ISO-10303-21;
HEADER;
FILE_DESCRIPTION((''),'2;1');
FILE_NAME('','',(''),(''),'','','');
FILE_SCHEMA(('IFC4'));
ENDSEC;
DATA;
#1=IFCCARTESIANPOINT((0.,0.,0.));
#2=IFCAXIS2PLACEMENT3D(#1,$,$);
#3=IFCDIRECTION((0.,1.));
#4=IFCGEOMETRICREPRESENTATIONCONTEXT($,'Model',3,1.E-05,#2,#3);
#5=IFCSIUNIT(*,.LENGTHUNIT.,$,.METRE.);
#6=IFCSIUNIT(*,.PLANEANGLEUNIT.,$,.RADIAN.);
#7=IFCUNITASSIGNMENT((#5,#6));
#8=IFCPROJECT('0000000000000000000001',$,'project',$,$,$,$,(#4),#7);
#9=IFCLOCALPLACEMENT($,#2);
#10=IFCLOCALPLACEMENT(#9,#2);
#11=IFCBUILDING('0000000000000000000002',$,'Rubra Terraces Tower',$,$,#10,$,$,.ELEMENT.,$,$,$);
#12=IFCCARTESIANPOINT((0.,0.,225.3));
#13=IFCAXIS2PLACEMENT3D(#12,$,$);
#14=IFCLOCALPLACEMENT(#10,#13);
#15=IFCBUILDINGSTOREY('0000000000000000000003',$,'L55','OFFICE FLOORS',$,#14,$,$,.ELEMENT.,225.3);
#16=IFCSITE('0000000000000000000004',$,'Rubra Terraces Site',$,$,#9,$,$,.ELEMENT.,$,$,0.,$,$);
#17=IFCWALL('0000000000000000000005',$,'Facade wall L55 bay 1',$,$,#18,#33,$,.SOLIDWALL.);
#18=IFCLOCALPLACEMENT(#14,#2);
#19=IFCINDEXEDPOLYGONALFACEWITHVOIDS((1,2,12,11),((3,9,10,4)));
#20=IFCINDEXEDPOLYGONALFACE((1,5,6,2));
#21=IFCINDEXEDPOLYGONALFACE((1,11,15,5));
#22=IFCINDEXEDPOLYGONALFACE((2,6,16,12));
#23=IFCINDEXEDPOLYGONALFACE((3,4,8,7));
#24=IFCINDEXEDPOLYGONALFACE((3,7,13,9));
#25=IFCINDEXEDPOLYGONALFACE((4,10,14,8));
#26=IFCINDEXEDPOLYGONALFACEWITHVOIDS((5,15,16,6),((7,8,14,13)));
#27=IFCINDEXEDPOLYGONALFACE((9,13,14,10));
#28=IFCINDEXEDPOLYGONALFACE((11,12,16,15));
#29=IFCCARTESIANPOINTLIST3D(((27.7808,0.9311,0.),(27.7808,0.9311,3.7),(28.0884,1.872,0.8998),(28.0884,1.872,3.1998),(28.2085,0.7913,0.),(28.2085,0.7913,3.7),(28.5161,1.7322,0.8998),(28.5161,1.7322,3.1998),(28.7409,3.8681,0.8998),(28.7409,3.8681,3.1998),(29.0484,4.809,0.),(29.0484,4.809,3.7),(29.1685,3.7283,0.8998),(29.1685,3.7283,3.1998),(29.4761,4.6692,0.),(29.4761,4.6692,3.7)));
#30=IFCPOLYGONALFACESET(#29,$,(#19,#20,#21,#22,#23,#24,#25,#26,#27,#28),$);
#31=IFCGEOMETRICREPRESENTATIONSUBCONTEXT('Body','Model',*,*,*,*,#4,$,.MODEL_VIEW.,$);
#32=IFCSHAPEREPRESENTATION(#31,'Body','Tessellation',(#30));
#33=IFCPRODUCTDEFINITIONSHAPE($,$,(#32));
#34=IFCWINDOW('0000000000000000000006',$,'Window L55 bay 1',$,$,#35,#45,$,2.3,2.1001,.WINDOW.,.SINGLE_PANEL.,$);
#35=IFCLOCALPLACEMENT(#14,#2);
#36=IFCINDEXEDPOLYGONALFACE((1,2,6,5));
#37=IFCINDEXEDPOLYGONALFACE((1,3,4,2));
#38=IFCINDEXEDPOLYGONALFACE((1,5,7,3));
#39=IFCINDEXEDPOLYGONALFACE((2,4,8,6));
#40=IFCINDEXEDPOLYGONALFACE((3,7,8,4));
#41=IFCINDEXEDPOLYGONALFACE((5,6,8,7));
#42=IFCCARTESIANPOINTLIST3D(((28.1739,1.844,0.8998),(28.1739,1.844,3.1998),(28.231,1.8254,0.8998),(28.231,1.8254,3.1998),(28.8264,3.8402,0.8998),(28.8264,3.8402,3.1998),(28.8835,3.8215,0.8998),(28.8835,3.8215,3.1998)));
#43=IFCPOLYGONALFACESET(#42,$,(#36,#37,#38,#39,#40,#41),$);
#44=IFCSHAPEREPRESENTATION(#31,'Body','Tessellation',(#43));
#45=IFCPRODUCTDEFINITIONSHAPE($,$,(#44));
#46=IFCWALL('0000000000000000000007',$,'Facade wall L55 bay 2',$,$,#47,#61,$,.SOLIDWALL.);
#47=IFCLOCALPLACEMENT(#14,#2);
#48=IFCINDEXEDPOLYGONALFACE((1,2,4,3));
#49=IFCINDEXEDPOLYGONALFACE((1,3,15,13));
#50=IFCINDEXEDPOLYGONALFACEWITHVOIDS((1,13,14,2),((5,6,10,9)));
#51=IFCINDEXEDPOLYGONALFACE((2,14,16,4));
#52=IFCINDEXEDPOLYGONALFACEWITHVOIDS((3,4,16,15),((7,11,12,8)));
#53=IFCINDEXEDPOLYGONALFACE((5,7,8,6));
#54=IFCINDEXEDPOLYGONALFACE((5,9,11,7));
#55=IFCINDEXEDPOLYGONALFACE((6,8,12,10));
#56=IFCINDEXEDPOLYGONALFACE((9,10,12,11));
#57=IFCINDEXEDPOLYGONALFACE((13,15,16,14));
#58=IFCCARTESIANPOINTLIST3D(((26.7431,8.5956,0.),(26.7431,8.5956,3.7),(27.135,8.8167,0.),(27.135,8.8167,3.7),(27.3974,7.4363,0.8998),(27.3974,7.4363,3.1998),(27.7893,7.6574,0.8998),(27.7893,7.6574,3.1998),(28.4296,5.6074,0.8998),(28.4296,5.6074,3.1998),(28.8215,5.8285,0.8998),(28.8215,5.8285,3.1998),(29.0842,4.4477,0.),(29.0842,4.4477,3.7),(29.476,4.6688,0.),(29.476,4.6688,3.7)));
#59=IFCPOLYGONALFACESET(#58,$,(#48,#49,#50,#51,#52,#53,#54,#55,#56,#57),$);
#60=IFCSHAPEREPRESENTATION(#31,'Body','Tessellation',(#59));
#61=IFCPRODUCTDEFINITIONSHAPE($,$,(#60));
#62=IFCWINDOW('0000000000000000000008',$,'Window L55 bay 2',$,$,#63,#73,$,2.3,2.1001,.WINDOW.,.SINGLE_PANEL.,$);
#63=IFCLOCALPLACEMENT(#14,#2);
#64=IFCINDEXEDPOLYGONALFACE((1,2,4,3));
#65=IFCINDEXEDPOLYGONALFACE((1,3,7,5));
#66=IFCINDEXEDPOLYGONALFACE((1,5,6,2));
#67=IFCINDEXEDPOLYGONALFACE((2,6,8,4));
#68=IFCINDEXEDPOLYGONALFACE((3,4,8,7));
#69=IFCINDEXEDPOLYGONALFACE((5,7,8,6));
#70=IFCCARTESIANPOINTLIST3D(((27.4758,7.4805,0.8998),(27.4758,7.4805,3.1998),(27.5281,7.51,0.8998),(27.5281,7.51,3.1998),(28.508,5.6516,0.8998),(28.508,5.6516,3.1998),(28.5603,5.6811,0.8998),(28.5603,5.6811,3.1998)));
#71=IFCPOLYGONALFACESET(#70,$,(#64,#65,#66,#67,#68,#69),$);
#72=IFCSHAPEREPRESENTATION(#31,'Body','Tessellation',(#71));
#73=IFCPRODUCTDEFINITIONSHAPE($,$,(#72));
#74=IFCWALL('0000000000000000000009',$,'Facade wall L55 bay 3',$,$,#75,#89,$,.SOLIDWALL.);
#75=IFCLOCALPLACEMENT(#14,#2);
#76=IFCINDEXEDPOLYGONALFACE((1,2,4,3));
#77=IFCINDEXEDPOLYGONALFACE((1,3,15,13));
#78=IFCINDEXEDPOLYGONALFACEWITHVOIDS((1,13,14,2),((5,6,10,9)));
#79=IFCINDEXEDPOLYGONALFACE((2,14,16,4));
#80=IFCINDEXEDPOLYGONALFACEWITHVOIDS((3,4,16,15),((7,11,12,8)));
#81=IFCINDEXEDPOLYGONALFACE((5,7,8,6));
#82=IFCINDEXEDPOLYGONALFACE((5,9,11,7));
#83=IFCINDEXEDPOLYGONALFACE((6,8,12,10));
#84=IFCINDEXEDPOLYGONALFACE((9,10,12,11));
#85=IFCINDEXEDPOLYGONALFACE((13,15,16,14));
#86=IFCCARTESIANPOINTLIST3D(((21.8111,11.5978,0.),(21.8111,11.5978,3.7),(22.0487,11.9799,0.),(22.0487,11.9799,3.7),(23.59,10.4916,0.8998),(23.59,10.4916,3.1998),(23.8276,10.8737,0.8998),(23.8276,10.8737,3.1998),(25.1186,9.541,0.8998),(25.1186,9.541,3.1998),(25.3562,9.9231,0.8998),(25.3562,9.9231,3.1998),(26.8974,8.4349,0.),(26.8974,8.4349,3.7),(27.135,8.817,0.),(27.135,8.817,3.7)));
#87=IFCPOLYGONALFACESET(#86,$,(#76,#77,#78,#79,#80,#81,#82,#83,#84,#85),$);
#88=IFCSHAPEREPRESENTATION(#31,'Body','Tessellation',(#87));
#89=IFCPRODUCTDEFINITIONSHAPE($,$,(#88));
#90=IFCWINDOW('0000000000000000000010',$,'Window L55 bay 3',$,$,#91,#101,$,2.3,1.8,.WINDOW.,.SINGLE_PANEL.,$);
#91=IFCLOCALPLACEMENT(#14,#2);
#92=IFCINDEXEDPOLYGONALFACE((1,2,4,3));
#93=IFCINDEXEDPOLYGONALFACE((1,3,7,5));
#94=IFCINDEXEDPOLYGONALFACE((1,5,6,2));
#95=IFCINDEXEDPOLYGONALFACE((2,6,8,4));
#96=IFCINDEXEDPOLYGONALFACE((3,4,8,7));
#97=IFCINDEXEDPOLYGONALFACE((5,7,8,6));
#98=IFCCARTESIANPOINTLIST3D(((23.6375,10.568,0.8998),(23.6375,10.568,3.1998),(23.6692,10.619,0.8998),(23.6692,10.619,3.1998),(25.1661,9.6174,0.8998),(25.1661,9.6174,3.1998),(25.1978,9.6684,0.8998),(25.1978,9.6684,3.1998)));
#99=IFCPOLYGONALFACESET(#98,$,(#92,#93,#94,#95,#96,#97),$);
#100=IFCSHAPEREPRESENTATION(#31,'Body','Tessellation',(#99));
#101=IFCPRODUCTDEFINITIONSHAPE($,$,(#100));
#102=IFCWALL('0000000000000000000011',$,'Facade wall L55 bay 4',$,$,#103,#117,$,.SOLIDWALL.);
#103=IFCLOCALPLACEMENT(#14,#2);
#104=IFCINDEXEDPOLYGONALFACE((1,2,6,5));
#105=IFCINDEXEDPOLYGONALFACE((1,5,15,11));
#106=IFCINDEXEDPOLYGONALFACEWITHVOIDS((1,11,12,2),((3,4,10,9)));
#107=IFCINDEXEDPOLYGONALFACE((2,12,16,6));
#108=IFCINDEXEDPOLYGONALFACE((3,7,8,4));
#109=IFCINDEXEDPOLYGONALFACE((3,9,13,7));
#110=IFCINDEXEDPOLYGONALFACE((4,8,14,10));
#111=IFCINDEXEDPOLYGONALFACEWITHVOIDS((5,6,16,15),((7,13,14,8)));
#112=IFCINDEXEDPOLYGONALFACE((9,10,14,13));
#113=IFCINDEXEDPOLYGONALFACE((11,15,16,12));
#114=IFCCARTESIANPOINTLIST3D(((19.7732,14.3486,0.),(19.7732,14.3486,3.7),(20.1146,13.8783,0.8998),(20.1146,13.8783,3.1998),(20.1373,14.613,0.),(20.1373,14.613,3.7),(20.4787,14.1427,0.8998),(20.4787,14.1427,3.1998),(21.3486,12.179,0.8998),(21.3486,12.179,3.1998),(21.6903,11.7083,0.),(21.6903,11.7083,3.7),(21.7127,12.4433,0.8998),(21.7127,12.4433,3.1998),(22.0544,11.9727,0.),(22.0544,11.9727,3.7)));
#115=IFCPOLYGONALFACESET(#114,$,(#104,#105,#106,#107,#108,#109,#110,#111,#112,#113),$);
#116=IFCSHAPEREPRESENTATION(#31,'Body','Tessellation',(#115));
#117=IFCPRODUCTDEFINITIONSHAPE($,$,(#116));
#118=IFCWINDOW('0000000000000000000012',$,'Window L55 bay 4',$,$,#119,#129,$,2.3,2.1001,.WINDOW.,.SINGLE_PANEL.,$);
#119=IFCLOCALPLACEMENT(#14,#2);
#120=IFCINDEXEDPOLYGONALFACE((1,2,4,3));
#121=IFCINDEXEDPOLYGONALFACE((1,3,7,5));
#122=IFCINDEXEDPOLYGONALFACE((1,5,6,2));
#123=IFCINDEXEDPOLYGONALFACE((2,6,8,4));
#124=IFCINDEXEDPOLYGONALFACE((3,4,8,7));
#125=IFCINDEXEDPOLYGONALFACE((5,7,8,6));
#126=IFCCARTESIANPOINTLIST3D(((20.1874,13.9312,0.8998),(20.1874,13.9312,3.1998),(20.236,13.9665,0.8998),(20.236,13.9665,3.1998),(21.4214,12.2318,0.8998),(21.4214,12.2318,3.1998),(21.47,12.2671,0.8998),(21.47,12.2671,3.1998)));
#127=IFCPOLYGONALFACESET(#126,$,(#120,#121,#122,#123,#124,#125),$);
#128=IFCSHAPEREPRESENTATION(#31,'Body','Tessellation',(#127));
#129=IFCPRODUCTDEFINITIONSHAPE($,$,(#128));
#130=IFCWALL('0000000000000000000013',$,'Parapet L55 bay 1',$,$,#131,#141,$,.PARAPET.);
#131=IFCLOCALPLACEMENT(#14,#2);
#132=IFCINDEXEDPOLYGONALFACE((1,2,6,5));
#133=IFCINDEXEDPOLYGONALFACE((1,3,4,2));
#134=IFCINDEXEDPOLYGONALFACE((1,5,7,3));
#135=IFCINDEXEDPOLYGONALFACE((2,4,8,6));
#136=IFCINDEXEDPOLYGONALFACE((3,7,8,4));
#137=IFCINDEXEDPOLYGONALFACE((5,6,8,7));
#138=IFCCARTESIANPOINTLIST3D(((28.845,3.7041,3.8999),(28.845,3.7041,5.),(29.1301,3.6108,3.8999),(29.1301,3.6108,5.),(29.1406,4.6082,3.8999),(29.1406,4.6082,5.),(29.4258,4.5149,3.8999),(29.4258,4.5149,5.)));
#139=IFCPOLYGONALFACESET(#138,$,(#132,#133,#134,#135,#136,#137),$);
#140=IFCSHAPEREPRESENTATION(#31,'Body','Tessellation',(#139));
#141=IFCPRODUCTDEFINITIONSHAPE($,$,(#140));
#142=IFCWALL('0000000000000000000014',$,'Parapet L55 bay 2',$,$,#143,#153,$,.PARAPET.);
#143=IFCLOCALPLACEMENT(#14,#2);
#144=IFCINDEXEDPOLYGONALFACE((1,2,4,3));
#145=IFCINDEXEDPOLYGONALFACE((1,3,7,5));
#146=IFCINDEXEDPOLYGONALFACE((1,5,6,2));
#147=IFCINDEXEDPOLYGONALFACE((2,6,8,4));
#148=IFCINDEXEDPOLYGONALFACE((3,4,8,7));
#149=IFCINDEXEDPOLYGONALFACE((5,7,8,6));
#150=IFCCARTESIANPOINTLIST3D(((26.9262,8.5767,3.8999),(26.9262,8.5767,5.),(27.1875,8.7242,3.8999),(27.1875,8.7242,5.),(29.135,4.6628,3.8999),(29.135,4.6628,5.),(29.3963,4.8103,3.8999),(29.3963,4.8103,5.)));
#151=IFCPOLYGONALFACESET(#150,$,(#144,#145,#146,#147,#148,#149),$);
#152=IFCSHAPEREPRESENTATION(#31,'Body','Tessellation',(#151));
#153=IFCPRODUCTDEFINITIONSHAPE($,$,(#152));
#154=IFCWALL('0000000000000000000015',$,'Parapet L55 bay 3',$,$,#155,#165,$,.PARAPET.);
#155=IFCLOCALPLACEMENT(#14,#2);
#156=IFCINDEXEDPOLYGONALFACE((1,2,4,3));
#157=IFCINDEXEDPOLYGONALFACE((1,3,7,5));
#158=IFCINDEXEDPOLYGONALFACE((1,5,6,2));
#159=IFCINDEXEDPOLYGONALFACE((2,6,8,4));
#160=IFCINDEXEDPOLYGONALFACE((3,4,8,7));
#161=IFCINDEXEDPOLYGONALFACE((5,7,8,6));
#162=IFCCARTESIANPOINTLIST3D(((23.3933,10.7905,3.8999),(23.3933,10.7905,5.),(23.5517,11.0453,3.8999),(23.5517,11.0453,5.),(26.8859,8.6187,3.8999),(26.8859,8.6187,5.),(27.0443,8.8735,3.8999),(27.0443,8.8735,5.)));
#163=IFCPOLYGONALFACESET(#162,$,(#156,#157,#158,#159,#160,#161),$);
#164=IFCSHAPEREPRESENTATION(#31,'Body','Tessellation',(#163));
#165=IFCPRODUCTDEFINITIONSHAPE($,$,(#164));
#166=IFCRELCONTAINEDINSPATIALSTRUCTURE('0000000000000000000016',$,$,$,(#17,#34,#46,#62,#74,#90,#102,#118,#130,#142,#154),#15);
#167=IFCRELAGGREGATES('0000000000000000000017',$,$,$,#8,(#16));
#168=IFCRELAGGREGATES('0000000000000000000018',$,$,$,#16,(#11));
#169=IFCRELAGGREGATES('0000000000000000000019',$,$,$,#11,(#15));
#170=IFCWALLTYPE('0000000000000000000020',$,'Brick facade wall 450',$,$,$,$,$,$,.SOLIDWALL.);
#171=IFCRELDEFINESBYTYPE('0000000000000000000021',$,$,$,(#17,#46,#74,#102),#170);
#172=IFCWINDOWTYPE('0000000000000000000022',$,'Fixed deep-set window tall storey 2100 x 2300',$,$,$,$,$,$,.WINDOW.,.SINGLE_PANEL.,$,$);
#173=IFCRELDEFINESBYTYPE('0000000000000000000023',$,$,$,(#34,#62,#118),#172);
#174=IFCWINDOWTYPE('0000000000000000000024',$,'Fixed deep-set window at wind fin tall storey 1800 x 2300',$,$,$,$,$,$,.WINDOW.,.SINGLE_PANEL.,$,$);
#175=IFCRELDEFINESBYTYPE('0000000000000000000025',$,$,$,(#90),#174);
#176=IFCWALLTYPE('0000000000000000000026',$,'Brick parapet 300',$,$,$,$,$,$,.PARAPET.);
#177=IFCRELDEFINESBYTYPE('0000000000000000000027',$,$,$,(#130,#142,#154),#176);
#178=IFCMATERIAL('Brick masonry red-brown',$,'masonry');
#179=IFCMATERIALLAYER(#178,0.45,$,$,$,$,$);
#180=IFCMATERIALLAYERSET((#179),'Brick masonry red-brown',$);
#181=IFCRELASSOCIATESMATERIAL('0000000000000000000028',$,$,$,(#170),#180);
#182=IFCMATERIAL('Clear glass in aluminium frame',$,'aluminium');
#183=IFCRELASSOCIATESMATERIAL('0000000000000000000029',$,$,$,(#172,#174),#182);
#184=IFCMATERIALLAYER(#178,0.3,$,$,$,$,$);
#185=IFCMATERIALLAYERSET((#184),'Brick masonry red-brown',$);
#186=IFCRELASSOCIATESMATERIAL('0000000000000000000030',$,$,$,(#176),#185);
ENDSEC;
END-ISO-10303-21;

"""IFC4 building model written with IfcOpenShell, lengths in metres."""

from ifc_helpers import new_model, si_unit, direction, frame, frame_2d, origin, place, context, subcontext, project, spatial, rectangle, extrude, material, layer, layer_set, type_object, element, fill, save


model = new_model("IFC4")

# Units and contexts
model_context = context("Model", 3, precision=1e-05, world=origin(), true_north=direction((0.0, 1.0)))
body_context = subcontext(model_context, "Body", "Model", "MODEL_VIEW")
ifc_project = project(units=[si_unit("LENGTHUNIT", "METRE"), si_unit("PLANEANGLEUNIT", "RADIAN")], contexts=[model_context])

# Site, building, storey
site_placement = place(None, origin())
site = spatial("IfcSite", under=ifc_project, at=site_placement, Name="Rubra Terraces Site", CompositionType="ELEMENT", RefElevation=0.0)
building_placement = place(site_placement, origin())
building = spatial("IfcBuilding", under=site, at=building_placement, Name="Rubra Terraces Tower", CompositionType="ELEMENT")
storey_placement = place(building_placement, frame((0.0, 0.0, 225.3)))
storey = spatial("IfcBuildingStorey", under=building, at=storey_placement, Name="L55", Description="OFFICE FLOORS", CompositionType="ELEMENT", Elevation=225.3)

# Walls, openings, windows
ifc_material_1 = material(Name="Brick masonry red-brown", Category="masonry")
ifc_layer_1 = layer(ifc_material_1, 0.45)
ifc_layer_set_1 = layer_set([ifc_layer_1], Name="Brick masonry red-brown")
wall_type_1 = type_object("IfcWallType", Name="Brick facade wall 450", PredefinedType="SOLIDWALL", material=ifc_layer_set_1)
wall_1_placement = place(storey_placement, frame((27.9946, 0.8611, 0.0), z_axis=(0.0, 0.0, 1.0), x_axis=(0.310693, 0.95051, 0.0)))
wall_1 = element("IfcWall", 1, at=wall_1_placement, inside=storey, type_object=wall_type_1, Name="Facade wall L55 bay 1", PredefinedType="SOLIDWALL", context=body_context, shape_type="SweptSolid", body=[
    extrude(rectangle(XDim=4.0798, YDim=0.45, at=frame_2d((2.04, 0.0))), origin(), (0.0, 0.0, 1.0), 3.7),
])
opening_1_placement = place(wall_1_placement, frame((0.99, 0.0, 0.8999)))
opening_1 = element("IfcOpeningElement", 2, at=opening_1_placement, cuts=wall_1, PredefinedType="OPENING", context=body_context, shape_type="SweptSolid", body=[
    extrude(rectangle(XDim=2.1001, YDim=2.3, at=frame_2d((1.05, 1.1499))), frame((0.0, 0.2349, 0.0), z_axis=(0.0, -1.0, 0.0), x_axis=(1.0, 0.0, 0.0)), (0.0, 0.0, 1.0), 0.47),
])
ifc_material_2 = material(Name="Clear glass in aluminium frame", Category="aluminium")
window_type_1 = type_object("IfcWindowType", Name="Fixed deep-set window tall storey 2100 x 2300", PartitioningType="SINGLE_PANEL", PredefinedType="WINDOW", material=ifc_material_2)
window_1_placement = place(opening_1_placement, origin())
window_1 = element("IfcWindow", 3, at=window_1_placement, inside=storey, type_object=window_type_1, Name="Window L55 bay 1", OverallHeight=2.3, OverallWidth=2.1001, PartitioningType="SINGLE_PANEL", PredefinedType="WINDOW", context=body_context, shape_type="SweptSolid", body=[
    extrude(rectangle(XDim=2.1001, YDim=2.3, at=frame_2d((1.05, 1.1499))), frame((0.0, 0.135, 0.0), z_axis=(0.0, -1.0, 0.0), x_axis=(1.0, 0.0, 0.0)), (0.0, 0.0, 1.0), 0.0601),
])
fill(opening_1, window_1)
wall_2_placement = place(storey_placement, frame((29.28, 4.5583, 0.0), z_axis=(0.0, 0.0, 1.0), x_axis=(-0.491512, 0.870871, 0.0)))
wall_2 = element("IfcWall", 4, at=wall_2_placement, inside=storey, type_object=wall_type_1, Name="Facade wall L55 bay 2", PredefinedType="SOLIDWALL", context=body_context, shape_type="SweptSolid", body=[
    extrude(rectangle(XDim=4.7629, YDim=0.45, at=frame_2d((2.3813, 0.0))), origin(), (0.0, 0.0, 1.0), 3.7),
])
opening_2_placement = place(wall_2_placement, frame((1.3315, 0.0, 0.8999)))
opening_2 = element("IfcOpeningElement", 5, at=opening_2_placement, cuts=wall_2, PredefinedType="OPENING", context=body_context, shape_type="SweptSolid", body=[
    extrude(rectangle(XDim=2.1001, YDim=2.3, at=frame_2d((1.05, 1.1499))), frame((0.0, 0.2349, 0.0), z_axis=(0.0, -1.0, 0.0), x_axis=(1.0, 0.0, 0.0)), (0.0, 0.0, 1.0), 0.47),
])
window_2_placement = place(opening_2_placement, origin())
window_2 = element("IfcWindow", 6, at=window_2_placement, inside=storey, type_object=window_type_1, Name="Window L55 bay 2", OverallHeight=2.3, OverallWidth=2.1001, PartitioningType="SINGLE_PANEL", PredefinedType="WINDOW", context=body_context, shape_type="SweptSolid", body=[
    extrude(rectangle(XDim=2.1001, YDim=2.3, at=frame_2d((1.05, 1.1499))), frame((0.0, 0.135, 0.0), z_axis=(0.0, -1.0, 0.0), x_axis=(1.0, 0.0, 0.0)), (0.0, 0.0, 1.0), 0.0601),
])
fill(opening_2, window_2)
wall_3_placement = place(storey_placement, frame((27.0161, 8.626, 0.0), z_axis=(0.0, 0.0, 1.0), x_axis=(-0.849198, 0.528074, 0.0)))
wall_3 = element("IfcWall", 7, at=wall_3_placement, inside=storey, type_object=wall_type_1, Name="Facade wall L55 bay 3", PredefinedType="SOLIDWALL", context=body_context, shape_type="SweptSolid", body=[
    extrude(rectangle(XDim=5.9895, YDim=0.45, at=frame_2d((2.9946, 0.0))), origin(), (0.0, 0.0, 1.0), 3.7),
])
opening_3_placement = place(wall_3_placement, frame((2.0947, 0.0, 0.8999)))
opening_3 = element("IfcOpeningElement", 8, at=opening_3_placement, cuts=wall_3, PredefinedType="OPENING", context=body_context, shape_type="SweptSolid", body=[
    extrude(rectangle(XDim=1.8, YDim=2.3, at=frame_2d((0.8999, 1.1499))), frame((0.0, 0.2349, 0.0), z_axis=(0.0, -1.0, 0.0), x_axis=(1.0, 0.0, 0.0)), (0.0, 0.0, 1.0), 0.47),
])
window_type_2 = type_object("IfcWindowType", Name="Fixed deep-set window at wind fin tall storey 1800 x 2300", PartitioningType="SINGLE_PANEL", PredefinedType="WINDOW", material=ifc_material_2)
window_3_placement = place(opening_3_placement, origin())
window_3 = element("IfcWindow", 9, at=window_3_placement, inside=storey, type_object=window_type_2, Name="Window L55 bay 3", OverallHeight=2.3, OverallWidth=1.8, PartitioningType="SINGLE_PANEL", PredefinedType="WINDOW", context=body_context, shape_type="SweptSolid", body=[
    extrude(rectangle(XDim=1.8, YDim=2.3, at=frame_2d((0.8999, 1.1499))), frame((0.0, 0.135, 0.0), z_axis=(0.0, -1.0, 0.0), x_axis=(1.0, 0.0, 0.0)), (0.0, 0.0, 1.0), 0.0601),
])
fill(opening_3, window_3)
wall_4_placement = place(storey_placement, frame((21.8723, 11.8406, 0.0), z_axis=(0.0, 0.0, 1.0), x_axis=(-0.587562, 0.809179, 0.0)))
wall_4 = element("IfcWall", 10, at=wall_4_placement, inside=storey, type_object=wall_type_1, Name="Facade wall L55 bay 4", PredefinedType="SOLIDWALL", context=body_context, shape_type="SweptSolid", body=[
    extrude(rectangle(XDim=3.2629, YDim=0.45, at=frame_2d((1.6313, 0.0))), origin(), (0.0, 0.0, 1.0), 3.7),
])
opening_4_placement = place(wall_4_placement, frame((0.5815, 0.0, 0.8999)))
opening_4 = element("IfcOpeningElement", 11, at=opening_4_placement, cuts=wall_4, PredefinedType="OPENING", context=body_context, shape_type="SweptSolid", body=[
    extrude(rectangle(XDim=2.1001, YDim=2.3, at=frame_2d((1.05, 1.1499))), frame((0.0, 0.2349, 0.0), z_axis=(0.0, -1.0, 0.0), x_axis=(1.0, 0.0, 0.0)), (0.0, 0.0, 1.0), 0.47),
])
window_4_placement = place(opening_4_placement, origin())
window_4 = element("IfcWindow", 12, at=window_4_placement, inside=storey, type_object=window_type_1, Name="Window L55 bay 4", OverallHeight=2.3, OverallWidth=2.1001, PartitioningType="SINGLE_PANEL", PredefinedType="WINDOW", context=body_context, shape_type="SweptSolid", body=[
    extrude(rectangle(XDim=2.1001, YDim=2.3, at=frame_2d((1.05, 1.1499))), frame((0.0, 0.135, 0.0), z_axis=(0.0, -1.0, 0.0), x_axis=(1.0, 0.0, 0.0)), (0.0, 0.0, 1.0), 0.0601),
])
fill(opening_4, window_4)

# Walls
ifc_layer_2 = layer(ifc_material_1, 0.3)
ifc_layer_set_2 = layer_set([ifc_layer_2], Name="Brick masonry red-brown")
wall_type_2 = type_object("IfcWallType", Name="Brick parapet 300", PredefinedType="PARAPET", material=ifc_layer_set_2)
wall_5_placement = place(storey_placement, frame((28.9875, 3.6575, 3.8999), z_axis=(0.0, 0.0, 1.0), x_axis=(0.310833, 0.950465, 0.0)))
element("IfcWall", 13, at=wall_5_placement, inside=storey, type_object=wall_type_2, Name="Parapet L55 bay 1", PredefinedType="PARAPET", context=body_context, shape_type="SweptSolid", body=[
    extrude(rectangle(XDim=0.9512, YDim=0.3, at=frame_2d((0.4756, 0.0))), origin(), (0.0, 0.0, 1.0), 1.1001),
])
wall_6_placement = place(storey_placement, frame((29.2656, 4.7366, 3.8999), z_axis=(0.0, 0.0, 1.0), x_axis=(-0.491481, 0.870888, 0.0)))
element("IfcWall", 14, at=wall_6_placement, inside=storey, type_object=wall_type_2, Name="Parapet L55 bay 2", PredefinedType="PARAPET", context=body_context, shape_type="SweptSolid", body=[
    extrude(rectangle(XDim=4.4941, YDim=0.3, at=frame_2d((2.2471, 0.0))), origin(), (0.0, 0.0, 1.0), 1.1001),
])
wall_7_placement = place(storey_placement, frame((26.9651, 8.7461, 3.8999), z_axis=(0.0, 0.0, 1.0), x_axis=(-0.849203, 0.528066, 0.0)))
element("IfcWall", 15, at=wall_7_placement, inside=storey, type_object=wall_type_2, Name="Parapet L55 bay 3", PredefinedType="PARAPET", context=body_context, shape_type="SweptSolid", body=[
    extrude(rectangle(XDim=4.1128, YDim=0.3, at=frame_2d((2.0564, 0.0))), origin(), (0.0, 0.0, 1.0), 1.1001),
])

save(model, "model.ifc")
